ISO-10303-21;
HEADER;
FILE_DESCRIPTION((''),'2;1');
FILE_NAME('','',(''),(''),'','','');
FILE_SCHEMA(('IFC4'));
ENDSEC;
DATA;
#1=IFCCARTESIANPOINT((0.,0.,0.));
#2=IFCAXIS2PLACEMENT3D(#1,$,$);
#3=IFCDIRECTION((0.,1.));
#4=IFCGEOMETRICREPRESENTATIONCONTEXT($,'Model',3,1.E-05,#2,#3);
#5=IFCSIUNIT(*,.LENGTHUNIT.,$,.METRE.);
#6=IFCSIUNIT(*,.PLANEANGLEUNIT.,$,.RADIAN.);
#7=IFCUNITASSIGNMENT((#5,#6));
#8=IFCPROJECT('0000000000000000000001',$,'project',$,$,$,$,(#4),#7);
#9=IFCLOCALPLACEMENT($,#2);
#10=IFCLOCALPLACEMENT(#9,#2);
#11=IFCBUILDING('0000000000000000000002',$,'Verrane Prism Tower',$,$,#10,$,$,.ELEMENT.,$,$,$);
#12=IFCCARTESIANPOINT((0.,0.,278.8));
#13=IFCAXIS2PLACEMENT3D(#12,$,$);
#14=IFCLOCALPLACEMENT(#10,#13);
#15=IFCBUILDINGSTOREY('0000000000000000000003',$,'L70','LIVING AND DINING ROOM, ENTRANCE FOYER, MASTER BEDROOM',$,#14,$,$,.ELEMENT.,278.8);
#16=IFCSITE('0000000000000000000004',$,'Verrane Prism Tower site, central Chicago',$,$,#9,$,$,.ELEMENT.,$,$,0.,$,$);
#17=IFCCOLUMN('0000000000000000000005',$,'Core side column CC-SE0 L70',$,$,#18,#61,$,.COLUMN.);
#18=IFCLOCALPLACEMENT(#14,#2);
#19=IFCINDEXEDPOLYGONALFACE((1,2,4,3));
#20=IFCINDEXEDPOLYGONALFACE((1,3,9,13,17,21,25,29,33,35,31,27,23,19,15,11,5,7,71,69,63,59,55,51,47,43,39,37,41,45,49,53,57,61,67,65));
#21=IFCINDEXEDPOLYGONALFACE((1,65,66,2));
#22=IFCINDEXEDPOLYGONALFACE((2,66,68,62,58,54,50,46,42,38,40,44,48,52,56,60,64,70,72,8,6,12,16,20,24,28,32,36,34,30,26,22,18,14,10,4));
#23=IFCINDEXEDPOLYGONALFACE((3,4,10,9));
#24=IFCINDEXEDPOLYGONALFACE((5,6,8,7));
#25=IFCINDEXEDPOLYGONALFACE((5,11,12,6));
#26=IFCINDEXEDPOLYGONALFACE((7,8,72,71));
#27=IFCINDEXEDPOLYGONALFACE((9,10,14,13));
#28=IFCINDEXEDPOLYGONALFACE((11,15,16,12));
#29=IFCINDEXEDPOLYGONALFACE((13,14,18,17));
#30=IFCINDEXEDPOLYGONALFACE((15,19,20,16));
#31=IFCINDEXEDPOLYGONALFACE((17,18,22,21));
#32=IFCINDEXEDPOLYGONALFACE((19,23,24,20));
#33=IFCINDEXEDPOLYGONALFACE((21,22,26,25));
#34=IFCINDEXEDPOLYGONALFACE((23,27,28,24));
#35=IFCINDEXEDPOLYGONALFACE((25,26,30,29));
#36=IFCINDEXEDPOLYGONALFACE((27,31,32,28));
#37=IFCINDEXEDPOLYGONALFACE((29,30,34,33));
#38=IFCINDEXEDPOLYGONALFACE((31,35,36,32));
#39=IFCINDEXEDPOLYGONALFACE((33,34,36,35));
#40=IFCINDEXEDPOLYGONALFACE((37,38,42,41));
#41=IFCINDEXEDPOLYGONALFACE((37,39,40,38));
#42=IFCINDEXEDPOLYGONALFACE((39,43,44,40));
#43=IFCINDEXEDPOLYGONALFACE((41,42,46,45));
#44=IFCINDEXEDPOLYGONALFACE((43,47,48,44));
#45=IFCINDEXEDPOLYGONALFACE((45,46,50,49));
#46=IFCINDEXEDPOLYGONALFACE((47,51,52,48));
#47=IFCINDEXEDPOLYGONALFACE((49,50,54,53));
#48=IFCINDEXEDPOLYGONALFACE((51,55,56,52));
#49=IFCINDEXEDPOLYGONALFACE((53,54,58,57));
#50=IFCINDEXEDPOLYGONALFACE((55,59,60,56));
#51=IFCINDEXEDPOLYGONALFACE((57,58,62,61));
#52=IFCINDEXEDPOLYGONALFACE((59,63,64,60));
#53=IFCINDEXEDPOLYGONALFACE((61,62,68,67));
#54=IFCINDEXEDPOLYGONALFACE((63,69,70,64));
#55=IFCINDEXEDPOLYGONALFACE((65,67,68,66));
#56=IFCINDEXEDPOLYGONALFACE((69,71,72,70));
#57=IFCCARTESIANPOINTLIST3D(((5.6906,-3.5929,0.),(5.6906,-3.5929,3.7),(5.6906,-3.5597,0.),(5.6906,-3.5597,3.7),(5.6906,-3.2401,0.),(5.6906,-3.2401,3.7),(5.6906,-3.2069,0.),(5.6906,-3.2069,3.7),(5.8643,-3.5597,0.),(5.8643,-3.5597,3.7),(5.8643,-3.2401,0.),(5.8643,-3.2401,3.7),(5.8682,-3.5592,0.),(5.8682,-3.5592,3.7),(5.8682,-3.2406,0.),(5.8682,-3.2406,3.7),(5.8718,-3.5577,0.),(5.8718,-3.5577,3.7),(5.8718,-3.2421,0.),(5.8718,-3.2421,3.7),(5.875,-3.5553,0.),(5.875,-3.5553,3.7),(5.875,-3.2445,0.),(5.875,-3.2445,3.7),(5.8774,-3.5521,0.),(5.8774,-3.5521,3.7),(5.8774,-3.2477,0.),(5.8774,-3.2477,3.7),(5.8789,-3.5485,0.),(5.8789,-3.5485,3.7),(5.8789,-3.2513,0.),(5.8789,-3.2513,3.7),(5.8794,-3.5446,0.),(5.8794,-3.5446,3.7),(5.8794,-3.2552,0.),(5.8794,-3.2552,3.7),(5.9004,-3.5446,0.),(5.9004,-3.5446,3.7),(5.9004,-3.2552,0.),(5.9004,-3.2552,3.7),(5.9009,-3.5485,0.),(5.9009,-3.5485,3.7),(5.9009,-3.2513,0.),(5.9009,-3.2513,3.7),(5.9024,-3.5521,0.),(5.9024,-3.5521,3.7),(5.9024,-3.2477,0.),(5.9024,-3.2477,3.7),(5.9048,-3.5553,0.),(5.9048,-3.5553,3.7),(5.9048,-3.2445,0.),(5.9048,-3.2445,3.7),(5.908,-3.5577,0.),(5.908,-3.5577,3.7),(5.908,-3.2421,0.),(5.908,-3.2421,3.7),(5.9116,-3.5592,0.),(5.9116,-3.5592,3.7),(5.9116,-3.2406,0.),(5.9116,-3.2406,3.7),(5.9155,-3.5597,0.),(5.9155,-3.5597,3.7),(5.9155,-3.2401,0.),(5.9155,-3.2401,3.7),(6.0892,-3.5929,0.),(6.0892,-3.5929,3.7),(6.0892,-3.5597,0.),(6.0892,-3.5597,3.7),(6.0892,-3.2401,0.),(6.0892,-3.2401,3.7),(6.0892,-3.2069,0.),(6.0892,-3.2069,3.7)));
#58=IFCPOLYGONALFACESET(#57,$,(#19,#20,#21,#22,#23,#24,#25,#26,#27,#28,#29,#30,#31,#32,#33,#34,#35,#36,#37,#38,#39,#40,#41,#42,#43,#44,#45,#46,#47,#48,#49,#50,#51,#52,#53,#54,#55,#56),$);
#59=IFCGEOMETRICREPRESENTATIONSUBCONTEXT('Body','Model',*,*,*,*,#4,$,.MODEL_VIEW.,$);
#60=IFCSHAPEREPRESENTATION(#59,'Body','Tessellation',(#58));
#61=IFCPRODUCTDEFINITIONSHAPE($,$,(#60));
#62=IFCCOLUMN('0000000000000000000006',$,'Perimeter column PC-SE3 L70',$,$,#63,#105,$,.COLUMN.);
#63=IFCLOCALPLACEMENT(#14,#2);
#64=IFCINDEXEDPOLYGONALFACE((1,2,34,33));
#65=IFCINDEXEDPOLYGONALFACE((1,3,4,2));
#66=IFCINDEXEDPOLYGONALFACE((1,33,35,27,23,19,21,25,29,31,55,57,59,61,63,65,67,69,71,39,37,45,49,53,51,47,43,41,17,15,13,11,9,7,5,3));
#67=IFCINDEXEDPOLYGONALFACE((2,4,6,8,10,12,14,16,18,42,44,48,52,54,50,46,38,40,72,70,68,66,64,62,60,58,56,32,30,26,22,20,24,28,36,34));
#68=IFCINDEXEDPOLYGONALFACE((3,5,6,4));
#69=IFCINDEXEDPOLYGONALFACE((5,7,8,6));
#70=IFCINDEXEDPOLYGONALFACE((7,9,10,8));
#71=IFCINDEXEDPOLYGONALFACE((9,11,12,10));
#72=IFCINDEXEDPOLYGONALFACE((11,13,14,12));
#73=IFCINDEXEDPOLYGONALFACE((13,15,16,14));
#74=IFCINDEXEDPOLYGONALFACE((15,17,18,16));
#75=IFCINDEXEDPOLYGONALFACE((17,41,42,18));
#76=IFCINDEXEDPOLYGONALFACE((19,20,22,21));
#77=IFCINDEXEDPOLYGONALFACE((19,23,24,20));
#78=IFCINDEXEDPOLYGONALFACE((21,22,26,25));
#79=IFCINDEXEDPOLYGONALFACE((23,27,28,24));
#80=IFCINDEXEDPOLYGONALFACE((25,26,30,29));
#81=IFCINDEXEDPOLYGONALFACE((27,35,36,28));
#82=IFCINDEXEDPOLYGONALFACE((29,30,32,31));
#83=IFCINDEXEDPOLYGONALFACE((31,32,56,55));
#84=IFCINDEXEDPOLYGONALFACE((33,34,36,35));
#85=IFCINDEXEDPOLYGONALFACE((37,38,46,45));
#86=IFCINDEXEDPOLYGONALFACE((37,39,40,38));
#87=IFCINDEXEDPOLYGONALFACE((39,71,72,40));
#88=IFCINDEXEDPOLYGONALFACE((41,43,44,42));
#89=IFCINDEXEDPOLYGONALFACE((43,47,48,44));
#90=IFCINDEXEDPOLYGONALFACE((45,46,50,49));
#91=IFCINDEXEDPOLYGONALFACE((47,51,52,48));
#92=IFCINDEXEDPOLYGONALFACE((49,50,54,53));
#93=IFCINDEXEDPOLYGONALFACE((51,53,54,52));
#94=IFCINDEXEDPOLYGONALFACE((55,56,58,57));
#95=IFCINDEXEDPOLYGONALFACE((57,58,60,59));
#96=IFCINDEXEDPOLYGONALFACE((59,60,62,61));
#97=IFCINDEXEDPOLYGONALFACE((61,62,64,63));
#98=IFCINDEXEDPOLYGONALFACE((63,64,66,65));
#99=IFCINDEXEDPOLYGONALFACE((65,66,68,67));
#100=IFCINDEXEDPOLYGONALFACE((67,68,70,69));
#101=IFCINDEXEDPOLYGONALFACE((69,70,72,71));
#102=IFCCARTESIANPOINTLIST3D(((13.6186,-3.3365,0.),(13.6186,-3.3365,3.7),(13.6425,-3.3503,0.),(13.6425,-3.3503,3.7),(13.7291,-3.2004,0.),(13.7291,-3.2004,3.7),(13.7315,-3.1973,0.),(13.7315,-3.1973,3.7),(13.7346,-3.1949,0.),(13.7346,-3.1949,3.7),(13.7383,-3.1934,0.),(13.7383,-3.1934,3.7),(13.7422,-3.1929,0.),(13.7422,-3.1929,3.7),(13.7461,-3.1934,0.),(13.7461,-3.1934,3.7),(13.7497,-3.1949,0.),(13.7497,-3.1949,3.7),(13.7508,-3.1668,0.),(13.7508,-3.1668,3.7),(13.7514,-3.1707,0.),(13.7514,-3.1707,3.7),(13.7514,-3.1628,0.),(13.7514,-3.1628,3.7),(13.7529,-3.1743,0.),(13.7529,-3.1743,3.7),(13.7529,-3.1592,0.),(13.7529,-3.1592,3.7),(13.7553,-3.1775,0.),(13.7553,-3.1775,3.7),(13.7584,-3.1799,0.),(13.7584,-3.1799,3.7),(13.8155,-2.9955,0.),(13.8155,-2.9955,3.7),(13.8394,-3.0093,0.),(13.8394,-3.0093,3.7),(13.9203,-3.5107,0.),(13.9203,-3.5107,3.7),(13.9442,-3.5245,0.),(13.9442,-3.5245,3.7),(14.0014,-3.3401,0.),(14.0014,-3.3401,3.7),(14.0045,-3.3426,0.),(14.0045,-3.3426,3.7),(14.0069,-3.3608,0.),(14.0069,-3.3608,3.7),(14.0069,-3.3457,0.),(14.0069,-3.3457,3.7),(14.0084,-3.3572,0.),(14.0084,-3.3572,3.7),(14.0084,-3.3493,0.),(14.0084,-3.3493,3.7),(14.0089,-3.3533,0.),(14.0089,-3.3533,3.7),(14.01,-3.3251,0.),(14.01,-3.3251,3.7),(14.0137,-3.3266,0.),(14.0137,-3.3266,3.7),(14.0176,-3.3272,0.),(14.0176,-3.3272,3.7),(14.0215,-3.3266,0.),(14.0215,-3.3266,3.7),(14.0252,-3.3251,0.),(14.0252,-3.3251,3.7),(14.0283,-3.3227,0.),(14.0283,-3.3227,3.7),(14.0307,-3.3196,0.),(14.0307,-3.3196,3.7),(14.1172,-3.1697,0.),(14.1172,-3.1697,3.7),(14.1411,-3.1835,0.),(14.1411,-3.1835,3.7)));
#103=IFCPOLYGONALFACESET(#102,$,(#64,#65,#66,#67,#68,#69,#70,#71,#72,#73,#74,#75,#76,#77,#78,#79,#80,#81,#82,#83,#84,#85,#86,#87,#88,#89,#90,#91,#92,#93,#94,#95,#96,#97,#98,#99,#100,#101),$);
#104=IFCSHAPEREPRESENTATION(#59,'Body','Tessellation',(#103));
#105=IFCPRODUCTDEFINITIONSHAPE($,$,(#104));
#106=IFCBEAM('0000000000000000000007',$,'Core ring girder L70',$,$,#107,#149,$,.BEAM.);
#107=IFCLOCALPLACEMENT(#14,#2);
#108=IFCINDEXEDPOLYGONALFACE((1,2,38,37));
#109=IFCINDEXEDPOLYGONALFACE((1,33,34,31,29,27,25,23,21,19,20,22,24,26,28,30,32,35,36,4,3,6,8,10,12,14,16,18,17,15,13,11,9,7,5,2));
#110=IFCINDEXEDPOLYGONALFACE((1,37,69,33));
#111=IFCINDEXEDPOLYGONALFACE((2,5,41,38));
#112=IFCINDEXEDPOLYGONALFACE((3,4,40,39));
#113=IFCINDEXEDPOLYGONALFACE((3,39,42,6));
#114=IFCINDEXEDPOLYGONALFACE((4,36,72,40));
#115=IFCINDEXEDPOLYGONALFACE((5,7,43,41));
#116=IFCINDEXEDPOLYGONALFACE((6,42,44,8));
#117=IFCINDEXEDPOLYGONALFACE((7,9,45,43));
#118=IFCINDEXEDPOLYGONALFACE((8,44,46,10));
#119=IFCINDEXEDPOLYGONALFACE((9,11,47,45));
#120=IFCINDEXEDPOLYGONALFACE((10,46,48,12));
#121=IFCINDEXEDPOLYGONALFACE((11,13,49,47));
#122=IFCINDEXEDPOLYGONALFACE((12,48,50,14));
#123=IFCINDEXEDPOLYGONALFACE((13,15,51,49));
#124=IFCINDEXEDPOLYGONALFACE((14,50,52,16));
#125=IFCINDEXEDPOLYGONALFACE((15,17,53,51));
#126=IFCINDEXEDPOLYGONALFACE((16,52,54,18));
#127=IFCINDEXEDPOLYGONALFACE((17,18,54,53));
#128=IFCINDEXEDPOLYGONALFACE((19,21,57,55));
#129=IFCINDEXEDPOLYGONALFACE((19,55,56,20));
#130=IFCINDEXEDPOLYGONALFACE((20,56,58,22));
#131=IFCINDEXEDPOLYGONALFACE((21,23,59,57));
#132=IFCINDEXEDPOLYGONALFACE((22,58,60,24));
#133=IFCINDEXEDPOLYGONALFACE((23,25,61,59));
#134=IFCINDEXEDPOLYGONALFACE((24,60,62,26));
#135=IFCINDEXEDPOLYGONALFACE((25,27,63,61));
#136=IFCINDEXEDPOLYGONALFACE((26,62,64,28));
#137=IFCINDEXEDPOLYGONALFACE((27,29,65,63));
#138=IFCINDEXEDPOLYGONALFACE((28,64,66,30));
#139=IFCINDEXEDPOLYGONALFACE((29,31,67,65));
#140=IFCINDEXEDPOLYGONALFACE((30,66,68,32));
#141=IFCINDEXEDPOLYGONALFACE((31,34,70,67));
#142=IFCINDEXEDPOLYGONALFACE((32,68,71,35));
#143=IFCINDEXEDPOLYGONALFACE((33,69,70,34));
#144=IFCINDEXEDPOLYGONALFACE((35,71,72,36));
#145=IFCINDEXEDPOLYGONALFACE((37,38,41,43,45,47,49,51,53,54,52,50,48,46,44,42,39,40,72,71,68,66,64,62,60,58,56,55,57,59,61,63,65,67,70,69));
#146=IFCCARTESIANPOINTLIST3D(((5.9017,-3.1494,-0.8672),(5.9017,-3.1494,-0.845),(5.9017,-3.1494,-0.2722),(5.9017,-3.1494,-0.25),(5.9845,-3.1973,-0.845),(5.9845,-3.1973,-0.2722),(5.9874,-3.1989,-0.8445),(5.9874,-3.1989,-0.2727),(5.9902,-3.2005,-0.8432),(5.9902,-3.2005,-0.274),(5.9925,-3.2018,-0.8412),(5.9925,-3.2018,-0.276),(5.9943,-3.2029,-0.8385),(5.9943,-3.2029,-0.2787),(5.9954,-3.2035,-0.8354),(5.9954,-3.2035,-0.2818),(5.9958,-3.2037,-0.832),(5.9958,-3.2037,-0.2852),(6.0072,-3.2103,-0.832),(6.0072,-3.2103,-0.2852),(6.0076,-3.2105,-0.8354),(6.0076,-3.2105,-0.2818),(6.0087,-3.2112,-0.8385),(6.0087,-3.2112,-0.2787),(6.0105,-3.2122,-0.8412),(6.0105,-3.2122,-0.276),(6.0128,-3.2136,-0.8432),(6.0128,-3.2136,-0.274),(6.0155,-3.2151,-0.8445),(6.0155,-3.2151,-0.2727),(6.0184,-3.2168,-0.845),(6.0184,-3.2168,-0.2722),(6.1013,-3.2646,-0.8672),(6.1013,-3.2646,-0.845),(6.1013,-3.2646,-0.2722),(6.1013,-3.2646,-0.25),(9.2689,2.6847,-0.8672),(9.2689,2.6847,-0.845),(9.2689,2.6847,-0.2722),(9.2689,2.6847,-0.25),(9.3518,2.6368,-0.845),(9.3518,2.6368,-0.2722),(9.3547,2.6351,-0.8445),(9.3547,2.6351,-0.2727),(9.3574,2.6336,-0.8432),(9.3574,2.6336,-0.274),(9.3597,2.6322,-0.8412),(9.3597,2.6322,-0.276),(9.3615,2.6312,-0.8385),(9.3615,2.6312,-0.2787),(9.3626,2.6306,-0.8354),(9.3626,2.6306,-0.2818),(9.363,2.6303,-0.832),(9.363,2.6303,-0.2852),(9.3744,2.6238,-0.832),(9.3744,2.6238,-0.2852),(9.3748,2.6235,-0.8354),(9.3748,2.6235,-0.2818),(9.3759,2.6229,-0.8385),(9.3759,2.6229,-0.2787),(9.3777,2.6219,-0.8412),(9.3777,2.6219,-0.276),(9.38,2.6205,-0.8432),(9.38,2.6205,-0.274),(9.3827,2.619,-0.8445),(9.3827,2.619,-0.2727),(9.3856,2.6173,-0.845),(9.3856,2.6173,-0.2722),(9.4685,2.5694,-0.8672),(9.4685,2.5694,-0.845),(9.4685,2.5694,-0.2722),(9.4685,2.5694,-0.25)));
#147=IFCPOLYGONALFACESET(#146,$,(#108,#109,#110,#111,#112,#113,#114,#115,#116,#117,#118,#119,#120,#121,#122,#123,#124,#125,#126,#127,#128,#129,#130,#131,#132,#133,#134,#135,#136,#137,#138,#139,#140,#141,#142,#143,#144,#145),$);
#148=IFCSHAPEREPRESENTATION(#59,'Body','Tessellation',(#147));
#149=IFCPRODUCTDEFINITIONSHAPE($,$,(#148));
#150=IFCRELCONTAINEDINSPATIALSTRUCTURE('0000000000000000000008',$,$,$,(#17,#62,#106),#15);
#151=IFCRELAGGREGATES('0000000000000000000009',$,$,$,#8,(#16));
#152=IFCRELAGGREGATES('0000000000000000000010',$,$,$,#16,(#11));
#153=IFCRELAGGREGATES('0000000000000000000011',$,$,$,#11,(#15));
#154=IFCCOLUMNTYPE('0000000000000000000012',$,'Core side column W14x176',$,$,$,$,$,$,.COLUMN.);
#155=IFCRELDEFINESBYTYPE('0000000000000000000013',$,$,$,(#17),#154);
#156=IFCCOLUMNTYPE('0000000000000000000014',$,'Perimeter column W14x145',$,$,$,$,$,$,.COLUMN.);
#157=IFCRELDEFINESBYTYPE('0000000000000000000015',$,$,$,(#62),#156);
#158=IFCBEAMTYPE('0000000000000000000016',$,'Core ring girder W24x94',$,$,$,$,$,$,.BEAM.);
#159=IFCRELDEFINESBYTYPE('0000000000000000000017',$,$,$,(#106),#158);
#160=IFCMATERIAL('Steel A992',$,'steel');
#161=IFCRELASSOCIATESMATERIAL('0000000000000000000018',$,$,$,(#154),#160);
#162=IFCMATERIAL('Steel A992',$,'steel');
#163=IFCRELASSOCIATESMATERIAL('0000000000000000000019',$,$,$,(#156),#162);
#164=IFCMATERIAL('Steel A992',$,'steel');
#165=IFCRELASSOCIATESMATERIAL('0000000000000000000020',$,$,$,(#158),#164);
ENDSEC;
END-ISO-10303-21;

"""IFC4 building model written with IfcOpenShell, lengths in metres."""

from ifc_helpers import new_model, si_unit, direction, frame, origin, origin_2d, place, context, subcontext, project, spatial, i_section, extrude, material, material_profile, profile_set, type_object, element, save


model = new_model("IFC4")

# Units and contexts
model_context = context("Model", 3, precision=1e-05, world=origin(), true_north=direction((0.0, 1.0)))
body_context = subcontext(model_context, "Body", "Model", "MODEL_VIEW")
ifc_project = project(units=[si_unit("LENGTHUNIT", "METRE"), si_unit("PLANEANGLEUNIT", "RADIAN")], contexts=[model_context])

# Site, building, storey
site_placement = place(None, origin())
site = spatial("IfcSite", under=ifc_project, at=site_placement, Name="Verrane Prism Tower site, central Chicago", CompositionType="ELEMENT", RefElevation=0.0)
building_placement = place(site_placement, origin())
building = spatial("IfcBuilding", under=site, at=building_placement, Name="Verrane Prism Tower", CompositionType="ELEMENT")
storey_placement = place(building_placement, frame((0.0, 0.0, 278.8)))
storey = spatial("IfcBuildingStorey", under=building, at=storey_placement, Name="L70", Description="LIVING AND DINING ROOM, ENTRANCE FOYER, MASTER BEDROOM", CompositionType="ELEMENT", Elevation=278.8)

# Columns
ifc_material_1 = material(Name="Steel A992", Category="steel")
ifc_material_profile_1 = material_profile(ifc_material_1, i_section(OverallWidth=0.3987, OverallDepth=0.386, WebThickness=0.021, FlangeThickness=0.0332, FilletRadius=0.0151, at=origin_2d()), Name="W14x176")
ifc_profile_set_1 = profile_set([ifc_material_profile_1], Name="Steel A992")
column_type_1 = type_object("IfcColumnType", Name="Core side column W14x176", PredefinedType="COLUMN", material=ifc_profile_set_1)
column_1_placement = place(storey_placement, frame((5.8899, -3.3999, 0.0), z_axis=(0.0, 0.0, 1.0), x_axis=(1.0, 0.0, 0.0)))
element("IfcColumn", 1, at=column_1_placement, inside=storey, type_object=column_type_1, Name="Core side column CC-SE0 L70", PredefinedType="COLUMN", context=body_context, shape_type="SweptSolid", body=[
    extrude(i_section(OverallWidth=0.3987, OverallDepth=0.386, WebThickness=0.021, FlangeThickness=0.0332, FilletRadius=0.0151, at=origin_2d()), origin(), (0.0, 0.0, 1.0), 3.7),
])
ifc_material_2 = material(Name="Steel A992", Category="steel")
ifc_material_profile_2 = material_profile(ifc_material_2, i_section(OverallWidth=0.3938, OverallDepth=0.376, WebThickness=0.0173, FlangeThickness=0.0276, FilletRadius=0.0151, at=origin_2d()), Name="W14x145")
ifc_profile_set_2 = profile_set([ifc_material_profile_2], Name="Steel A992")
column_type_2 = type_object("IfcColumnType", Name="Perimeter column W14x145", PredefinedType="COLUMN", material=ifc_profile_set_2)
column_2_placement = place(storey_placement, frame((13.8799, -3.26, 0.0), z_axis=(0.0, 0.0, 1.0), x_axis=(-0.5, -0.866025, 0.0)))
element("IfcColumn", 2, at=column_2_placement, inside=storey, type_object=column_type_2, Name="Perimeter column PC-SE3 L70", PredefinedType="COLUMN", context=body_context, shape_type="SweptSolid", body=[
    extrude(i_section(OverallWidth=0.3938, OverallDepth=0.376, WebThickness=0.0173, FlangeThickness=0.0276, FilletRadius=0.0151, at=origin_2d()), origin(), (0.0, 0.0, 1.0), 3.7),
])

# Beam
ifc_material_3 = material(Name="Steel A992", Category="steel")
ifc_material_profile_3 = material_profile(ifc_material_3, i_section(OverallWidth=0.2305, OverallDepth=0.6172, WebThickness=0.0132, FlangeThickness=0.0222, FilletRadius=0.0129, at=origin_2d()), Name="W24x94")
ifc_profile_set_3 = profile_set([ifc_material_profile_3], Name="Steel A992")
beam_type_1 = type_object("IfcBeamType", Name="Core ring girder W24x94", PredefinedType="BEAM", material=ifc_profile_set_3)
beam_1_placement = place(storey_placement, frame((6.0015, -3.207, -0.5586), z_axis=(0.499881, 0.866094, 0.0), x_axis=(-0.866094, 0.499881, 0.0)))
element("IfcBeam", 3, at=beam_1_placement, inside=storey, type_object=beam_type_1, Name="Core ring girder L70", PredefinedType="BEAM", context=body_context, shape_type="SweptSolid", body=[
    extrude(i_section(OverallWidth=0.2305, OverallDepth=0.6172, WebThickness=0.0132, FlangeThickness=0.0222, FilletRadius=0.0129, at=origin_2d()), origin(), (0.0, 0.0, 1.0), 6.7361),
])

save(model, "model.ifc")
